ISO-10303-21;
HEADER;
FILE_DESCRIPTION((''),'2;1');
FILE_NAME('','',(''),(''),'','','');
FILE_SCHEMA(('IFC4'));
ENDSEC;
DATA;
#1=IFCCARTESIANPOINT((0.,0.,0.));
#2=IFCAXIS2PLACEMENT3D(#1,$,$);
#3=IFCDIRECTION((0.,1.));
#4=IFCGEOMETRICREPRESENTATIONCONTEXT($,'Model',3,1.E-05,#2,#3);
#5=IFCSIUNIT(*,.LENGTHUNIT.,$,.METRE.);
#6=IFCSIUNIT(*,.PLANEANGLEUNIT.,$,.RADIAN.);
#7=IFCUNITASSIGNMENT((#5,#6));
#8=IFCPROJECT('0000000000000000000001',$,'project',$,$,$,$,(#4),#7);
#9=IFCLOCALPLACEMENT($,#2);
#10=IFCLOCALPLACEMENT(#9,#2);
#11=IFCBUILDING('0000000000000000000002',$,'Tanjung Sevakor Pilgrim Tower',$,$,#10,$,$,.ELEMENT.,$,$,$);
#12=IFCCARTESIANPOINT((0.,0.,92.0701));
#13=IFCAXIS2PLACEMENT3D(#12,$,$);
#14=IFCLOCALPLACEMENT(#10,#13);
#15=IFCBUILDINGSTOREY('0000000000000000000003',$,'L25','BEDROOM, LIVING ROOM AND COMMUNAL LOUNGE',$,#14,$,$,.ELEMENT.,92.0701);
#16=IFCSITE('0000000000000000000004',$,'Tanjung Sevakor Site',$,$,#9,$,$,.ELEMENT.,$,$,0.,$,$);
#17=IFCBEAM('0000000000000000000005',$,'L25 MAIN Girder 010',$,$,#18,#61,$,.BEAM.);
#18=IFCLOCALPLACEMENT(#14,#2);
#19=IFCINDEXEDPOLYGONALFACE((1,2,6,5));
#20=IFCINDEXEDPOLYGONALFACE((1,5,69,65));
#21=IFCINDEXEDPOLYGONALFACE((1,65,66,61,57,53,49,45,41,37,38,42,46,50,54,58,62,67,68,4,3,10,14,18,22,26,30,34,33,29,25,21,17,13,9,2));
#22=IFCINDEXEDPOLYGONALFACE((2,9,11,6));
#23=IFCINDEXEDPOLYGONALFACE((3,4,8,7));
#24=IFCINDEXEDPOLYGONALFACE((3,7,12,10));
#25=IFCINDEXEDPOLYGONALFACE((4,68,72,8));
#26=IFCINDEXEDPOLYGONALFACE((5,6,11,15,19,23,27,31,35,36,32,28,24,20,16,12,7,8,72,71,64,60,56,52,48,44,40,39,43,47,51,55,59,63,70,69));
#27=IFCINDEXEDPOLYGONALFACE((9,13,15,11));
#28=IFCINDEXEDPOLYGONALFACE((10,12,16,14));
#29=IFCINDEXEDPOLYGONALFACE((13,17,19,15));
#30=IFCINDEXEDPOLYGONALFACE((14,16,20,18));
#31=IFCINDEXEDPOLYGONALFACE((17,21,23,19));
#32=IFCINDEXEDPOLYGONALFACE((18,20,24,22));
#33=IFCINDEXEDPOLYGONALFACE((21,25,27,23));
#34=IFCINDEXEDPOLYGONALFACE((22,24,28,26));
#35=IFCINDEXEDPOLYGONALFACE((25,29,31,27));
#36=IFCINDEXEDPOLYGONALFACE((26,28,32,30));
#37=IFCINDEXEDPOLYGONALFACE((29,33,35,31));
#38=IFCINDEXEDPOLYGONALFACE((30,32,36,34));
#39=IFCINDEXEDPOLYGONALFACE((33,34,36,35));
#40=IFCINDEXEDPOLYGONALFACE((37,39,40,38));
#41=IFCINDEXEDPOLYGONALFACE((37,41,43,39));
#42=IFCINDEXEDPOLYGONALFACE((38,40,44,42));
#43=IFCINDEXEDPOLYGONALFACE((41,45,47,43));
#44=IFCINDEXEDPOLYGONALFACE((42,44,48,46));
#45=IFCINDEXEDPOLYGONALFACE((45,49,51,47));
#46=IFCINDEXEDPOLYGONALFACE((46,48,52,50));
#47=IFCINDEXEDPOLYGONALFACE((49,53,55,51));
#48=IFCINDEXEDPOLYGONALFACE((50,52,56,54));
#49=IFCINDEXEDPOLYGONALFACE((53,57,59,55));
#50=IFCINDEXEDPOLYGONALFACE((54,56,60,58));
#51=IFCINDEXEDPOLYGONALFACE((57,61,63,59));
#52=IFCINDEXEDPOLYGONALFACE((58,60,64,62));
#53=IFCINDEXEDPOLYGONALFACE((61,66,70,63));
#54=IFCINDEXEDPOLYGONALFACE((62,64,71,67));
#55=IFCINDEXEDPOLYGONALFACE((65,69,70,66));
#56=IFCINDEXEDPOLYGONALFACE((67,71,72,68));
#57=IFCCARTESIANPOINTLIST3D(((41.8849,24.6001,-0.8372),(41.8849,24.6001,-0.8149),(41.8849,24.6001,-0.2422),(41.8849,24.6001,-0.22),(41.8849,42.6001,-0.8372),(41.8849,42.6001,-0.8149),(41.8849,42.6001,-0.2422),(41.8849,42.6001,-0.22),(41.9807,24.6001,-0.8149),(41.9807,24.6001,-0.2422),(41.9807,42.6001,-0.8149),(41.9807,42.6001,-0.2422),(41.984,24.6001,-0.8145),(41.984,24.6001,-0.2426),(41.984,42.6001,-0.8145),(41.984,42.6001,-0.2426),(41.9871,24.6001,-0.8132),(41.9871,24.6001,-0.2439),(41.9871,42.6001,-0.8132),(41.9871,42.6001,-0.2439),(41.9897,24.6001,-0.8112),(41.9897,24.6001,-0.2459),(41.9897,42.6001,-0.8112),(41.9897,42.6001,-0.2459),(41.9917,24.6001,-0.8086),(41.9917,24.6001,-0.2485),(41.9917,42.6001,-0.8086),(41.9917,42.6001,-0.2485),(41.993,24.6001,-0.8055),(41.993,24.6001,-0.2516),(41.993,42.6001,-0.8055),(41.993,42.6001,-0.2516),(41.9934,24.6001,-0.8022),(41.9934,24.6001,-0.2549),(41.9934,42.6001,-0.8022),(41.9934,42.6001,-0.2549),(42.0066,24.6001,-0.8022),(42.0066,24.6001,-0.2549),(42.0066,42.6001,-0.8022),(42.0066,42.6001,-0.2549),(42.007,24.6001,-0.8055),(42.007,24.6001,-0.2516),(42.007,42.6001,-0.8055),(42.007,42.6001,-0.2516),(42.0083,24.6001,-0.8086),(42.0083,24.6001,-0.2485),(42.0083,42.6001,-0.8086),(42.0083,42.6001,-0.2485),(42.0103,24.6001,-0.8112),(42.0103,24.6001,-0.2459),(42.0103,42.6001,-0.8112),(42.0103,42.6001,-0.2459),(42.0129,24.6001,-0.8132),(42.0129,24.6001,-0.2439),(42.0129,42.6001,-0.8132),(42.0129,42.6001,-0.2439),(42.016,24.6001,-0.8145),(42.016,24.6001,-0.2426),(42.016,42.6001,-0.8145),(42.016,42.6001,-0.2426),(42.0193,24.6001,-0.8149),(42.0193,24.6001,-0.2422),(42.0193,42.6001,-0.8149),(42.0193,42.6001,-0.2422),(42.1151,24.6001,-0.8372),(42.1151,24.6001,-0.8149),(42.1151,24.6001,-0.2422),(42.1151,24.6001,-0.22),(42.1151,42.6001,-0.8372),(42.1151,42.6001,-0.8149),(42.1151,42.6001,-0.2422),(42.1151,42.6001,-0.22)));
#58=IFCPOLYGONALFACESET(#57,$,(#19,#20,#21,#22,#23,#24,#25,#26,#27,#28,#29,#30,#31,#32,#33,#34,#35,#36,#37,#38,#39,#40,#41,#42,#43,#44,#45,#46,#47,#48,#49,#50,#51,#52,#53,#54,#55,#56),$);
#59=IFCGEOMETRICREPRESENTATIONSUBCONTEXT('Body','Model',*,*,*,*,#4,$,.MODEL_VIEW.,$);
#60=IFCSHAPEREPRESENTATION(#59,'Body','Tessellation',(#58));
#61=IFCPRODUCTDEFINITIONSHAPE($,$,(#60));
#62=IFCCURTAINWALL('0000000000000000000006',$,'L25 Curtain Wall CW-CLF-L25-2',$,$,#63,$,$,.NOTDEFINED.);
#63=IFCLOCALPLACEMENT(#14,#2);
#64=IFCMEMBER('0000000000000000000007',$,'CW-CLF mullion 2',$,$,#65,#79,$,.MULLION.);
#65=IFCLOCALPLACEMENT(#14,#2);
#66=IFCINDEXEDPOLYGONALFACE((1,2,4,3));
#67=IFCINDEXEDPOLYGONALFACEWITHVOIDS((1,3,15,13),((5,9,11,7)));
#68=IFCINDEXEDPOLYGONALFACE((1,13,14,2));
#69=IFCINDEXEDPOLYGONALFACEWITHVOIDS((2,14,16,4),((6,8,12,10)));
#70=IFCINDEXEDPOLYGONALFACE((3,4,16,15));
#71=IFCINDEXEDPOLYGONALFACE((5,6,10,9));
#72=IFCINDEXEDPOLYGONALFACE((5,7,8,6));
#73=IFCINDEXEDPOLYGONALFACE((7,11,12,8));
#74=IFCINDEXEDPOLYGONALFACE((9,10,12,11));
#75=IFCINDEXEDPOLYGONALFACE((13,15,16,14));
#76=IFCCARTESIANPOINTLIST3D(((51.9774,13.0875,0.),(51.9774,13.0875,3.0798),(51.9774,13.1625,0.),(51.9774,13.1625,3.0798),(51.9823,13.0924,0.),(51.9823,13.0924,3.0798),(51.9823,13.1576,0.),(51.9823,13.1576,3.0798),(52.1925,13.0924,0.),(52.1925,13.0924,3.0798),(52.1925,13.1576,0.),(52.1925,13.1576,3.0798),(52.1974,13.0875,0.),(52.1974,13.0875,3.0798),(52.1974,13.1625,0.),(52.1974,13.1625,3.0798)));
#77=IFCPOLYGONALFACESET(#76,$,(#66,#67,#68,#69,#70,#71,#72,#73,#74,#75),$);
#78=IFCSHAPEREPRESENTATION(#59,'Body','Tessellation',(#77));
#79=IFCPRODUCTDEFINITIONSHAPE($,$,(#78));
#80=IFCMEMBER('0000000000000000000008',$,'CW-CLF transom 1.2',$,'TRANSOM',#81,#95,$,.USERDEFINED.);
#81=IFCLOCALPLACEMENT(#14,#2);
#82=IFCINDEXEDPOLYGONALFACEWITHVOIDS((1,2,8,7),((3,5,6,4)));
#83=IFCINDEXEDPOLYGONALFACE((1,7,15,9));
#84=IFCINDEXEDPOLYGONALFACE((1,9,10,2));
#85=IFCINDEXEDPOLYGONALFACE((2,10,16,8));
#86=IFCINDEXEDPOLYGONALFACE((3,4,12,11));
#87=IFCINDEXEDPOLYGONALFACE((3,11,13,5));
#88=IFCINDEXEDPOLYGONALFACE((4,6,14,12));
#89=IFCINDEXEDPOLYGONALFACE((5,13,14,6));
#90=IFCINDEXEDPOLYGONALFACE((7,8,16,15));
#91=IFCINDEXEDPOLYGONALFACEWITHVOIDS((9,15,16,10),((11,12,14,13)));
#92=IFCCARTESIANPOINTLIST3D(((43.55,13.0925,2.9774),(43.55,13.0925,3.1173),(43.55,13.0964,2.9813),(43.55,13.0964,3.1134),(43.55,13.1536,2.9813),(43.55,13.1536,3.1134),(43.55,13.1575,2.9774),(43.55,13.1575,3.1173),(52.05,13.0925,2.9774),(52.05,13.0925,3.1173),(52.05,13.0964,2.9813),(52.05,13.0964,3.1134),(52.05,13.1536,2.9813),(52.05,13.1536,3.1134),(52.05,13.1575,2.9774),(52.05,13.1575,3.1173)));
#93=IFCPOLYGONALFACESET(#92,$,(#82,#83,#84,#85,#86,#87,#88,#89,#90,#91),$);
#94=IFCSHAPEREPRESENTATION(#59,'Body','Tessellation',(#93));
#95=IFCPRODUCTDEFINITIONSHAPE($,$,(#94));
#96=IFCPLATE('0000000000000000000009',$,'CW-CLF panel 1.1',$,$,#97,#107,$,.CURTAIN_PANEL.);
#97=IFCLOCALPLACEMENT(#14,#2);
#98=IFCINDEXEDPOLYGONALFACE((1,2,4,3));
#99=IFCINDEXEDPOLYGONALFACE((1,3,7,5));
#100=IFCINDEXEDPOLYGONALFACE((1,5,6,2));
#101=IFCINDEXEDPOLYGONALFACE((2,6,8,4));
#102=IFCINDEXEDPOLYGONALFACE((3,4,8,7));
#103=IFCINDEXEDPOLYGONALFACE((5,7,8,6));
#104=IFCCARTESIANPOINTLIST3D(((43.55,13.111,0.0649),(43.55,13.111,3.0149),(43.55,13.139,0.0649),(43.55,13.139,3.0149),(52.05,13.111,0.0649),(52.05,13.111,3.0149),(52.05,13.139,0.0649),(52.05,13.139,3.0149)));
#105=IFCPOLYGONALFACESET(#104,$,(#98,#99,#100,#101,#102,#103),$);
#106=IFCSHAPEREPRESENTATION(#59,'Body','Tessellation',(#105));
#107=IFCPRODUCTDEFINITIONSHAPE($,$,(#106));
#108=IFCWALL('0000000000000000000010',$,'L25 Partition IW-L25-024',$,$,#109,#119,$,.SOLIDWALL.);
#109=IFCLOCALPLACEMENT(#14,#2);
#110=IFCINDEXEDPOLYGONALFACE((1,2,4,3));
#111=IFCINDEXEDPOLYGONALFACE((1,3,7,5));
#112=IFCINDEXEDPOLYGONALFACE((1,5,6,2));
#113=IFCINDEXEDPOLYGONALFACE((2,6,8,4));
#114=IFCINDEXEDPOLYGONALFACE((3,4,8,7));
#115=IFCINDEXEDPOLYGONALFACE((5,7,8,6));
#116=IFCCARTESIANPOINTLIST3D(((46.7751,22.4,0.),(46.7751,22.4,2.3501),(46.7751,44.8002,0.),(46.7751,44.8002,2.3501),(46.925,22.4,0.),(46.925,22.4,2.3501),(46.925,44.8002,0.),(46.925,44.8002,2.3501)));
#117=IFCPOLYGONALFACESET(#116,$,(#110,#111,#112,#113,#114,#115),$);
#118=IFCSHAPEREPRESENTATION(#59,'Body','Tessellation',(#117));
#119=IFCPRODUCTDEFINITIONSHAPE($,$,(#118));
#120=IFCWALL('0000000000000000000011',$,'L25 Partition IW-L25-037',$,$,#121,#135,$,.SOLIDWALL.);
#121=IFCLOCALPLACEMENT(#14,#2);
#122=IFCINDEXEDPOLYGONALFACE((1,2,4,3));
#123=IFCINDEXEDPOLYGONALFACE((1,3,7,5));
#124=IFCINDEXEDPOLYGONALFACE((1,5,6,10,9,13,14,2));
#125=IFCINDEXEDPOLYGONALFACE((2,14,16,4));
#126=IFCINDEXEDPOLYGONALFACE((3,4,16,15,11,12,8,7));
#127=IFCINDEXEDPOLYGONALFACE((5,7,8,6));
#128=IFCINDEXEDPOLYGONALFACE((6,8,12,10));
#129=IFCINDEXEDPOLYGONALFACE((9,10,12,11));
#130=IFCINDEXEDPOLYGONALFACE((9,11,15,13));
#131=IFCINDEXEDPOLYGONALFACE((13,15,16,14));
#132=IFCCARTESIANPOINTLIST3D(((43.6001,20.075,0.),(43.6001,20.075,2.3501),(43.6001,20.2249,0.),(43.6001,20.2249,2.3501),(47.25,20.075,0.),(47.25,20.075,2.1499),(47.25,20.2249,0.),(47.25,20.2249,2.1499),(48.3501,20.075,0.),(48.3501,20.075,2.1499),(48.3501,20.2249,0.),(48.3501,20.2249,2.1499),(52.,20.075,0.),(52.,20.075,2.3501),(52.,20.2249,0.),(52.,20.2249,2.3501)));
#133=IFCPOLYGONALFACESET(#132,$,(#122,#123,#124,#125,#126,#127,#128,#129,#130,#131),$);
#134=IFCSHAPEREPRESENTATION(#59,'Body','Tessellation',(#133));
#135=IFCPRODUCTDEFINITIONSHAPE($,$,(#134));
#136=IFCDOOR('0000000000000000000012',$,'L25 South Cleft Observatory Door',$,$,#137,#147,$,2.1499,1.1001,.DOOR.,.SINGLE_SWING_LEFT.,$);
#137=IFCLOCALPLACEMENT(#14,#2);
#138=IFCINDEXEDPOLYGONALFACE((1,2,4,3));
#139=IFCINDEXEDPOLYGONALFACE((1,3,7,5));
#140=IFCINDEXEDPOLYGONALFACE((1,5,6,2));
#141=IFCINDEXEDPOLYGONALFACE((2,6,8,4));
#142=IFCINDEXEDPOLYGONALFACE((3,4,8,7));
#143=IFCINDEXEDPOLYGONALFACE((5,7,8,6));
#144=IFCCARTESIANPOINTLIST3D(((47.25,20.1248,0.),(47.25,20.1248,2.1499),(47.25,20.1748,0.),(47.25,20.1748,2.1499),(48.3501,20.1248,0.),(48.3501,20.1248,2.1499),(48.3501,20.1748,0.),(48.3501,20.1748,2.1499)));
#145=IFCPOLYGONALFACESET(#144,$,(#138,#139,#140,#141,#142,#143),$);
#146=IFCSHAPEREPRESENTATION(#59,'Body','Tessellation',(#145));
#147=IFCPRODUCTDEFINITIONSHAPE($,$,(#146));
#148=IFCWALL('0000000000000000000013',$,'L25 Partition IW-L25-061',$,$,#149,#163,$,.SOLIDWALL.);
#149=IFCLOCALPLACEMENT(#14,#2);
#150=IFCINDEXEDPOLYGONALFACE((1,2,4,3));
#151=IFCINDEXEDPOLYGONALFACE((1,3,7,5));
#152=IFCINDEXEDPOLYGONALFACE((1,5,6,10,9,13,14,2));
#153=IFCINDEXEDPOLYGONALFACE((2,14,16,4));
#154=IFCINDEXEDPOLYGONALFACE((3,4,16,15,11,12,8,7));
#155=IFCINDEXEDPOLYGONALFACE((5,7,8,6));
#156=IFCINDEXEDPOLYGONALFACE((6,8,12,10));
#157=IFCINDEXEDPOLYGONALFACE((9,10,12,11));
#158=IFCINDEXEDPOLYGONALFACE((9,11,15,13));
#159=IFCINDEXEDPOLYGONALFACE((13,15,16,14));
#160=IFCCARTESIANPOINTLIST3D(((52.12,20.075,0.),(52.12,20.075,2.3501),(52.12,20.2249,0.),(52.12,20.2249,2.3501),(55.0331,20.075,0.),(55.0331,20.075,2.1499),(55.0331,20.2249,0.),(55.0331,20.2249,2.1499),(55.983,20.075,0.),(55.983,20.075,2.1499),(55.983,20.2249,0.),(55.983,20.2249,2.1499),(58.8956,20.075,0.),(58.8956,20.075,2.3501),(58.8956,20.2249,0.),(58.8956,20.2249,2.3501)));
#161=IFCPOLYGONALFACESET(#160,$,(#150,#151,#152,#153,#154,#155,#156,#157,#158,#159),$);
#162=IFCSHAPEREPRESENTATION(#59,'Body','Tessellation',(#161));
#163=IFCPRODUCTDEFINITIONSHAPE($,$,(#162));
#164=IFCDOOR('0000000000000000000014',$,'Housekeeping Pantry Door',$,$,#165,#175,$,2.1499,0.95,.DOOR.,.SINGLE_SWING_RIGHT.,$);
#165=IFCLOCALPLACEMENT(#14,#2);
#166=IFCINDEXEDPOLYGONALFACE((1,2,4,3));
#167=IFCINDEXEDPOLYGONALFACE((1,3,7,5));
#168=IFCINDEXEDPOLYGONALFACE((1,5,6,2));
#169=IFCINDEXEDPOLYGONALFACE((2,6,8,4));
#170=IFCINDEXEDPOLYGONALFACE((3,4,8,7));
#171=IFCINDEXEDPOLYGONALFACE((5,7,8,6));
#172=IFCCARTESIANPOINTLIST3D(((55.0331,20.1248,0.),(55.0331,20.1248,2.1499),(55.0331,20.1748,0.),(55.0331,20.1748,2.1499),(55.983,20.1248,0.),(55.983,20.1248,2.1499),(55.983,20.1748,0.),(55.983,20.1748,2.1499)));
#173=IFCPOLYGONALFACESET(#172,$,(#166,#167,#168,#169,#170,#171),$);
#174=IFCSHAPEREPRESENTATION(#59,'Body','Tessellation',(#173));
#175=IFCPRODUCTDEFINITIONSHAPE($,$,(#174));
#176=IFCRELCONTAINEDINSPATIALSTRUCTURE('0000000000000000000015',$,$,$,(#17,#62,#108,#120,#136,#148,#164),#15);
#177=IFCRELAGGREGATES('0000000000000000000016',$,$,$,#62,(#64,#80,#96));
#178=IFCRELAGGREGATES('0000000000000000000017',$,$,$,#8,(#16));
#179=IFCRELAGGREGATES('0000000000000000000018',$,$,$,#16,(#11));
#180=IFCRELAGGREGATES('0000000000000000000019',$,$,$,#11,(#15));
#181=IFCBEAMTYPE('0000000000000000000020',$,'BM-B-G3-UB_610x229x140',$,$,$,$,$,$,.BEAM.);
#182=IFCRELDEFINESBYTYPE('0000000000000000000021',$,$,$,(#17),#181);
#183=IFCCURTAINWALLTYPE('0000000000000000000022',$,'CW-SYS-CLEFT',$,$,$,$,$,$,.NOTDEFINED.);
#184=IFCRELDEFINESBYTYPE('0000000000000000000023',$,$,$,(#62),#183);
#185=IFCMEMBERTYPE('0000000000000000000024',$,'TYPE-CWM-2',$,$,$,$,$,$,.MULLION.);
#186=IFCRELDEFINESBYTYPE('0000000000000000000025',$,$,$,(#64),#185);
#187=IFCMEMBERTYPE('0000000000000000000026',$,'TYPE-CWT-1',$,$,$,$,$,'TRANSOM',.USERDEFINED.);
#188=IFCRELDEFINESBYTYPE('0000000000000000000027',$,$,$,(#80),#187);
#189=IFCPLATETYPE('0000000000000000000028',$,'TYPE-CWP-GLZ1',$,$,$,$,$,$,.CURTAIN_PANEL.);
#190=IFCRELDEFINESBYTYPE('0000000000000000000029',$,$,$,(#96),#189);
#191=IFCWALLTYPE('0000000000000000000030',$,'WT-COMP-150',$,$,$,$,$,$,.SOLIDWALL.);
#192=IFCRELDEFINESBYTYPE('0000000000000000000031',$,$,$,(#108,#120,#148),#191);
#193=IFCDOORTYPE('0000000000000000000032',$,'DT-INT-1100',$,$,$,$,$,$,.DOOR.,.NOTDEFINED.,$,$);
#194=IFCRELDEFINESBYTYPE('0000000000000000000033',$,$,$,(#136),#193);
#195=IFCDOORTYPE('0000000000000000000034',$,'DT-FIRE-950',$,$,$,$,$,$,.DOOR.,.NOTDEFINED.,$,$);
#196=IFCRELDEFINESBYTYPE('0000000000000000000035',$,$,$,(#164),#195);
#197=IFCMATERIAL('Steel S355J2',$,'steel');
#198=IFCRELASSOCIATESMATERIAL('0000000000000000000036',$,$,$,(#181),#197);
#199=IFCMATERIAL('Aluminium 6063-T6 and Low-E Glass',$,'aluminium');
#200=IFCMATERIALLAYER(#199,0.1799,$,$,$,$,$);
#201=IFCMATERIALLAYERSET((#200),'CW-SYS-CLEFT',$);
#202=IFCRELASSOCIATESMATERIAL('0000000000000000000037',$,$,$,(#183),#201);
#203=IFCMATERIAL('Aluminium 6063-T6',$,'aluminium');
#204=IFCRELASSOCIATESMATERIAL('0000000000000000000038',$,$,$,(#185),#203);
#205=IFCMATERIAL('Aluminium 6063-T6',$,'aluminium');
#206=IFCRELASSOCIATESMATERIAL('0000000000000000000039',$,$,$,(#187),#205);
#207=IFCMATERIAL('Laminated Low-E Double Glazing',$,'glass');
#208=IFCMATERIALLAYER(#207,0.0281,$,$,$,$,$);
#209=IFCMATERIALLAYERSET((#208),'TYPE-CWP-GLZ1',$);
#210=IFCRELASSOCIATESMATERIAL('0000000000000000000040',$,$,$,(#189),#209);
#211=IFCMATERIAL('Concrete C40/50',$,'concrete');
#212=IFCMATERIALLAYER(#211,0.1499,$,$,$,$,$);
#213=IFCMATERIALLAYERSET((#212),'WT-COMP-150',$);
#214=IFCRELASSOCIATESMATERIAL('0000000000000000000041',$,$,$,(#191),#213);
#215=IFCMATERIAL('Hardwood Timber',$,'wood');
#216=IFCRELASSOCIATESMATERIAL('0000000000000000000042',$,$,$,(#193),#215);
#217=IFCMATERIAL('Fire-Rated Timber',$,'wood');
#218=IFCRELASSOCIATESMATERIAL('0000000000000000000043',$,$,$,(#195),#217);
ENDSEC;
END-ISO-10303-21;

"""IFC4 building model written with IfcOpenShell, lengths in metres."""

from ifc_helpers import new_model, si_unit, direction, frame, frame_2d, origin, origin_2d, place, context, subcontext, project, spatial, rectangle, hollow_rectangle, i_section, extrude, material, layer, layer_set, material_profile, profile_set, type_object, element, fill, aggregate, save


model = new_model("IFC4")

# Units and contexts
model_context = context("Model", 3, precision=1e-05, world=origin(), true_north=direction((0.0, 1.0)))
body_context = subcontext(model_context, "Body", "Model", "MODEL_VIEW")
ifc_project = project(units=[si_unit("LENGTHUNIT", "METRE"), si_unit("PLANEANGLEUNIT", "RADIAN")], contexts=[model_context])

# Site, building, storey
site_placement = place(None, origin())
site = spatial("IfcSite", under=ifc_project, at=site_placement, Name="Tanjung Sevakor Site", CompositionType="ELEMENT", RefElevation=0.0)
building_placement = place(site_placement, origin())
building = spatial("IfcBuilding", under=site, at=building_placement, Name="Tanjung Sevakor Pilgrim Tower", CompositionType="ELEMENT")
storey_placement = place(building_placement, frame((0.0, 0.0, 92.0701)))
storey = spatial("IfcBuildingStorey", under=building, at=storey_placement, Name="L25", Description="BEDROOM, LIVING ROOM AND COMMUNAL LOUNGE", CompositionType="ELEMENT", Elevation=92.0701)

# Beam
ifc_material_1 = material(Name="Steel S355J2", Category="steel")
ifc_material_profile_1 = material_profile(ifc_material_1, i_section(OverallWidth=0.2302, OverallDepth=0.6172, WebThickness=0.0132, FlangeThickness=0.0222, FilletRadius=0.0127, at=origin_2d()))
ifc_profile_set_1 = profile_set([ifc_material_profile_1], Name="Steel S355J2")
beam_type_1 = type_object("IfcBeamType", Name="BM-B-G3-UB_610x229x140", PredefinedType="BEAM", material=ifc_profile_set_1)
beam_placement = place(storey_placement, frame((42.0, 24.6001, -0.5286), z_axis=(0.0, 1.0, 0.0), x_axis=(-1.0, 0.0, 0.0)))
element("IfcBeam", 1, at=beam_placement, inside=storey, type_object=beam_type_1, Name="L25 MAIN Girder 010", PredefinedType="BEAM", context=body_context, shape_type="SweptSolid", body=[
    extrude(i_section(OverallWidth=0.2302, OverallDepth=0.6172, WebThickness=0.0132, FlangeThickness=0.0222, FilletRadius=0.0127, at=origin_2d()), origin(), (0.0, 0.0, 1.0), 18.0),
])

# Curtain wall, members, plate
ifc_material_2 = material(Name="Aluminium 6063-T6 and Low-E Glass", Category="aluminium")
ifc_layer_1 = layer(ifc_material_2, 0.1799)
ifc_layer_set_1 = layer_set([ifc_layer_1], Name="CW-SYS-CLEFT")
curtain_wall_type = type_object("IfcCurtainWallType", Name="CW-SYS-CLEFT", PredefinedType="NOTDEFINED", material=ifc_layer_set_1)
curtain_wall_placement = place(storey_placement, origin())
curtain_wall = element("IfcCurtainWall", 2, at=curtain_wall_placement, inside=storey, type_object=curtain_wall_type, Name="L25 Curtain Wall CW-CLF-L25-2", PredefinedType="NOTDEFINED")
ifc_material_3 = material(Name="Aluminium 6063-T6", Category="aluminium")
ifc_material_profile_2 = material_profile(ifc_material_3, hollow_rectangle(XDim=0.075, YDim=0.22, WallThickness=0.0049, at=origin_2d()))
ifc_profile_set_2 = profile_set([ifc_material_profile_2], Name="Aluminium 6063-T6")
member_type_1 = type_object("IfcMemberType", Name="TYPE-CWM-2", PredefinedType="MULLION", material=ifc_profile_set_2)
member_1_placement = place(storey_placement, frame((52.0874, 13.125, 0.0), z_axis=(0.0, 0.0, 1.0), x_axis=(0.0, 1.0, 0.0)))
member_1 = element("IfcMember", 3, at=member_1_placement, type_object=member_type_1, Name="CW-CLF mullion 2", PredefinedType="MULLION", context=body_context, shape_type="SweptSolid", body=[
    extrude(hollow_rectangle(XDim=0.075, YDim=0.22, WallThickness=0.0049, at=origin_2d()), origin(), (0.0, 0.0, 1.0), 3.0798),
])
ifc_material_4 = material(Name="Aluminium 6063-T6", Category="aluminium")
ifc_material_profile_3 = material_profile(ifc_material_4, hollow_rectangle(XDim=0.0649, YDim=0.1399, WallThickness=0.0039, at=origin_2d()))
ifc_profile_set_3 = profile_set([ifc_material_profile_3], Name="Aluminium 6063-T6")
member_type_2 = type_object("IfcMemberType", Name="TYPE-CWT-1", ElementType="TRANSOM", PredefinedType="USERDEFINED", material=ifc_profile_set_3)
member_2_placement = place(storey_placement, frame((43.55, 13.125, 3.0474), z_axis=(1.0, 0.0, 0.0), x_axis=(0.0, 1.0, 0.0)))
member_2 = element("IfcMember", 4, at=member_2_placement, type_object=member_type_2, Name="CW-CLF transom 1.2", ObjectType="TRANSOM", PredefinedType="USERDEFINED", context=body_context, shape_type="SweptSolid", body=[
    extrude(hollow_rectangle(XDim=0.0649, YDim=0.1399, WallThickness=0.0039, at=origin_2d()), origin(), (0.0, 0.0, 1.0), 8.5),
])
ifc_material_5 = material(Name="Laminated Low-E Double Glazing", Category="glass")
ifc_layer_2 = layer(ifc_material_5, 0.0281)
ifc_layer_set_2 = layer_set([ifc_layer_2], Name="TYPE-CWP-GLZ1")
plate_type = type_object("IfcPlateType", Name="TYPE-CWP-GLZ1", PredefinedType="CURTAIN_PANEL", material=ifc_layer_set_2)
plate_placement = place(storey_placement, frame((47.8, 13.125, 0.0649), z_axis=(0.0, 0.0, 1.0), x_axis=(1.0, 0.0, 0.0)))
plate = element("IfcPlate", 5, at=plate_placement, type_object=plate_type, Name="CW-CLF panel 1.1", PredefinedType="CURTAIN_PANEL", context=body_context, shape_type="SweptSolid", body=[
    extrude(rectangle(XDim=8.5, YDim=0.0281, at=origin_2d()), origin(), (0.0, 0.0, 1.0), 2.95),
])
aggregate(curtain_wall, [member_1, member_2, plate])

# Wall
ifc_material_6 = material(Name="Concrete C40/50", Category="concrete")
ifc_layer_3 = layer(ifc_material_6, 0.1499)
ifc_layer_set_3 = layer_set([ifc_layer_3], Name="WT-COMP-150")
wall_type_1 = type_object("IfcWallType", Name="WT-COMP-150", PredefinedType="SOLIDWALL", material=ifc_layer_set_3)
wall_1_placement = place(storey_placement, frame((46.8501, 22.3999, 0.0), z_axis=(0.0, 0.0, 1.0), x_axis=(0.0, 1.0, 0.0)))
element("IfcWall", 6, at=wall_1_placement, inside=storey, type_object=wall_type_1, Name="L25 Partition IW-L25-024", PredefinedType="SOLIDWALL", context=body_context, shape_type="SweptSolid", body=[
    extrude(rectangle(XDim=22.4001, YDim=0.1499, at=frame_2d((11.2002, 0.0))), origin(), (0.0, 0.0, 1.0), 2.3501),
])

# Walls, openings, doors
wall_2_placement = place(storey_placement, frame((43.6001, 20.1499, 0.0), z_axis=(0.0, 0.0, 1.0), x_axis=(1.0, 0.0, 0.0)))
wall_2 = element("IfcWall", 7, at=wall_2_placement, inside=storey, type_object=wall_type_1, Name="L25 Partition IW-L25-037", PredefinedType="SOLIDWALL", context=body_context, shape_type="SweptSolid", body=[
    extrude(rectangle(XDim=8.3999, YDim=0.1499, at=frame_2d((4.2, 0.0))), origin(), (0.0, 0.0, 1.0), 2.3501),
])
opening_1_placement = place(wall_2_placement, frame((3.6499, 0.0, 0.0)))
opening_1 = element("IfcOpeningElement", 8, at=opening_1_placement, cuts=wall_2, PredefinedType="OPENING", context=body_context, shape_type="SweptSolid", body=[
    extrude(rectangle(XDim=1.1001, YDim=2.1499, at=frame_2d((0.55, 1.075))), frame((0.0, 0.085, 0.0), z_axis=(0.0, -1.0, 0.0), x_axis=(1.0, 0.0, 0.0)), (0.0, 0.0, 1.0), 0.1699),
])
ifc_material_7 = material(Name="Hardwood Timber", Category="wood")
door_type_1 = type_object("IfcDoorType", Name="DT-INT-1100", OperationType="NOTDEFINED", PredefinedType="DOOR", material=ifc_material_7)
door_1_placement = place(opening_1_placement, origin())
door_1 = element("IfcDoor", 9, at=door_1_placement, inside=storey, type_object=door_type_1, Name="L25 South Cleft Observatory Door", OperationType="SINGLE_SWING_LEFT", OverallHeight=2.1499, OverallWidth=1.1001, PredefinedType="DOOR", context=body_context, shape_type="SweptSolid", body=[
    extrude(rectangle(XDim=1.1001, YDim=2.1499, at=frame_2d((0.55, 1.075))), frame((0.0, 0.0249, 0.0), z_axis=(0.0, -1.0, 0.0), x_axis=(1.0, 0.0, 0.0)), (0.0, 0.0, 1.0), 0.05),
])
fill(opening_1, door_1)
wall_3_placement = place(storey_placement, frame((52.1201, 20.1499, 0.0), z_axis=(0.0, 0.0, 1.0), x_axis=(1.0, 0.0, 0.0)))
wall_3 = element("IfcWall", 10, at=wall_3_placement, inside=storey, type_object=wall_type_1, Name="L25 Partition IW-L25-061", PredefinedType="SOLIDWALL", context=body_context, shape_type="SweptSolid", body=[
    extrude(rectangle(XDim=6.7756, YDim=0.1499, at=frame_2d((3.3877, 0.0))), origin(), (0.0, 0.0, 1.0), 2.3501),
])
opening_2_placement = place(wall_3_placement, frame((2.9128, 0.0, 0.0)))
opening_2 = element("IfcOpeningElement", 11, at=opening_2_placement, cuts=wall_3, PredefinedType="OPENING", context=body_context, shape_type="SweptSolid", body=[
    extrude(rectangle(XDim=0.95, YDim=2.1499, at=frame_2d((0.4751, 1.075))), frame((0.0, 0.085, 0.0), z_axis=(0.0, -1.0, 0.0), x_axis=(1.0, 0.0, 0.0)), (0.0, 0.0, 1.0), 0.1699),
])
ifc_material_8 = material(Name="Fire-Rated Timber", Category="wood")
door_type_2 = type_object("IfcDoorType", Name="DT-FIRE-950", OperationType="NOTDEFINED", PredefinedType="DOOR", material=ifc_material_8)
door_2_placement = place(opening_2_placement, origin())
door_2 = element("IfcDoor", 12, at=door_2_placement, inside=storey, type_object=door_type_2, Name="Housekeeping Pantry Door", OperationType="SINGLE_SWING_RIGHT", OverallHeight=2.1499, OverallWidth=0.95, PredefinedType="DOOR", context=body_context, shape_type="SweptSolid", body=[
    extrude(rectangle(XDim=0.95, YDim=2.1499, at=frame_2d((0.4751, 1.075))), frame((0.0, 0.0249, 0.0), z_axis=(0.0, -1.0, 0.0), x_axis=(1.0, 0.0, 0.0)), (0.0, 0.0, 1.0), 0.05),
])
fill(opening_2, door_2)

save(model, "model.ifc")
